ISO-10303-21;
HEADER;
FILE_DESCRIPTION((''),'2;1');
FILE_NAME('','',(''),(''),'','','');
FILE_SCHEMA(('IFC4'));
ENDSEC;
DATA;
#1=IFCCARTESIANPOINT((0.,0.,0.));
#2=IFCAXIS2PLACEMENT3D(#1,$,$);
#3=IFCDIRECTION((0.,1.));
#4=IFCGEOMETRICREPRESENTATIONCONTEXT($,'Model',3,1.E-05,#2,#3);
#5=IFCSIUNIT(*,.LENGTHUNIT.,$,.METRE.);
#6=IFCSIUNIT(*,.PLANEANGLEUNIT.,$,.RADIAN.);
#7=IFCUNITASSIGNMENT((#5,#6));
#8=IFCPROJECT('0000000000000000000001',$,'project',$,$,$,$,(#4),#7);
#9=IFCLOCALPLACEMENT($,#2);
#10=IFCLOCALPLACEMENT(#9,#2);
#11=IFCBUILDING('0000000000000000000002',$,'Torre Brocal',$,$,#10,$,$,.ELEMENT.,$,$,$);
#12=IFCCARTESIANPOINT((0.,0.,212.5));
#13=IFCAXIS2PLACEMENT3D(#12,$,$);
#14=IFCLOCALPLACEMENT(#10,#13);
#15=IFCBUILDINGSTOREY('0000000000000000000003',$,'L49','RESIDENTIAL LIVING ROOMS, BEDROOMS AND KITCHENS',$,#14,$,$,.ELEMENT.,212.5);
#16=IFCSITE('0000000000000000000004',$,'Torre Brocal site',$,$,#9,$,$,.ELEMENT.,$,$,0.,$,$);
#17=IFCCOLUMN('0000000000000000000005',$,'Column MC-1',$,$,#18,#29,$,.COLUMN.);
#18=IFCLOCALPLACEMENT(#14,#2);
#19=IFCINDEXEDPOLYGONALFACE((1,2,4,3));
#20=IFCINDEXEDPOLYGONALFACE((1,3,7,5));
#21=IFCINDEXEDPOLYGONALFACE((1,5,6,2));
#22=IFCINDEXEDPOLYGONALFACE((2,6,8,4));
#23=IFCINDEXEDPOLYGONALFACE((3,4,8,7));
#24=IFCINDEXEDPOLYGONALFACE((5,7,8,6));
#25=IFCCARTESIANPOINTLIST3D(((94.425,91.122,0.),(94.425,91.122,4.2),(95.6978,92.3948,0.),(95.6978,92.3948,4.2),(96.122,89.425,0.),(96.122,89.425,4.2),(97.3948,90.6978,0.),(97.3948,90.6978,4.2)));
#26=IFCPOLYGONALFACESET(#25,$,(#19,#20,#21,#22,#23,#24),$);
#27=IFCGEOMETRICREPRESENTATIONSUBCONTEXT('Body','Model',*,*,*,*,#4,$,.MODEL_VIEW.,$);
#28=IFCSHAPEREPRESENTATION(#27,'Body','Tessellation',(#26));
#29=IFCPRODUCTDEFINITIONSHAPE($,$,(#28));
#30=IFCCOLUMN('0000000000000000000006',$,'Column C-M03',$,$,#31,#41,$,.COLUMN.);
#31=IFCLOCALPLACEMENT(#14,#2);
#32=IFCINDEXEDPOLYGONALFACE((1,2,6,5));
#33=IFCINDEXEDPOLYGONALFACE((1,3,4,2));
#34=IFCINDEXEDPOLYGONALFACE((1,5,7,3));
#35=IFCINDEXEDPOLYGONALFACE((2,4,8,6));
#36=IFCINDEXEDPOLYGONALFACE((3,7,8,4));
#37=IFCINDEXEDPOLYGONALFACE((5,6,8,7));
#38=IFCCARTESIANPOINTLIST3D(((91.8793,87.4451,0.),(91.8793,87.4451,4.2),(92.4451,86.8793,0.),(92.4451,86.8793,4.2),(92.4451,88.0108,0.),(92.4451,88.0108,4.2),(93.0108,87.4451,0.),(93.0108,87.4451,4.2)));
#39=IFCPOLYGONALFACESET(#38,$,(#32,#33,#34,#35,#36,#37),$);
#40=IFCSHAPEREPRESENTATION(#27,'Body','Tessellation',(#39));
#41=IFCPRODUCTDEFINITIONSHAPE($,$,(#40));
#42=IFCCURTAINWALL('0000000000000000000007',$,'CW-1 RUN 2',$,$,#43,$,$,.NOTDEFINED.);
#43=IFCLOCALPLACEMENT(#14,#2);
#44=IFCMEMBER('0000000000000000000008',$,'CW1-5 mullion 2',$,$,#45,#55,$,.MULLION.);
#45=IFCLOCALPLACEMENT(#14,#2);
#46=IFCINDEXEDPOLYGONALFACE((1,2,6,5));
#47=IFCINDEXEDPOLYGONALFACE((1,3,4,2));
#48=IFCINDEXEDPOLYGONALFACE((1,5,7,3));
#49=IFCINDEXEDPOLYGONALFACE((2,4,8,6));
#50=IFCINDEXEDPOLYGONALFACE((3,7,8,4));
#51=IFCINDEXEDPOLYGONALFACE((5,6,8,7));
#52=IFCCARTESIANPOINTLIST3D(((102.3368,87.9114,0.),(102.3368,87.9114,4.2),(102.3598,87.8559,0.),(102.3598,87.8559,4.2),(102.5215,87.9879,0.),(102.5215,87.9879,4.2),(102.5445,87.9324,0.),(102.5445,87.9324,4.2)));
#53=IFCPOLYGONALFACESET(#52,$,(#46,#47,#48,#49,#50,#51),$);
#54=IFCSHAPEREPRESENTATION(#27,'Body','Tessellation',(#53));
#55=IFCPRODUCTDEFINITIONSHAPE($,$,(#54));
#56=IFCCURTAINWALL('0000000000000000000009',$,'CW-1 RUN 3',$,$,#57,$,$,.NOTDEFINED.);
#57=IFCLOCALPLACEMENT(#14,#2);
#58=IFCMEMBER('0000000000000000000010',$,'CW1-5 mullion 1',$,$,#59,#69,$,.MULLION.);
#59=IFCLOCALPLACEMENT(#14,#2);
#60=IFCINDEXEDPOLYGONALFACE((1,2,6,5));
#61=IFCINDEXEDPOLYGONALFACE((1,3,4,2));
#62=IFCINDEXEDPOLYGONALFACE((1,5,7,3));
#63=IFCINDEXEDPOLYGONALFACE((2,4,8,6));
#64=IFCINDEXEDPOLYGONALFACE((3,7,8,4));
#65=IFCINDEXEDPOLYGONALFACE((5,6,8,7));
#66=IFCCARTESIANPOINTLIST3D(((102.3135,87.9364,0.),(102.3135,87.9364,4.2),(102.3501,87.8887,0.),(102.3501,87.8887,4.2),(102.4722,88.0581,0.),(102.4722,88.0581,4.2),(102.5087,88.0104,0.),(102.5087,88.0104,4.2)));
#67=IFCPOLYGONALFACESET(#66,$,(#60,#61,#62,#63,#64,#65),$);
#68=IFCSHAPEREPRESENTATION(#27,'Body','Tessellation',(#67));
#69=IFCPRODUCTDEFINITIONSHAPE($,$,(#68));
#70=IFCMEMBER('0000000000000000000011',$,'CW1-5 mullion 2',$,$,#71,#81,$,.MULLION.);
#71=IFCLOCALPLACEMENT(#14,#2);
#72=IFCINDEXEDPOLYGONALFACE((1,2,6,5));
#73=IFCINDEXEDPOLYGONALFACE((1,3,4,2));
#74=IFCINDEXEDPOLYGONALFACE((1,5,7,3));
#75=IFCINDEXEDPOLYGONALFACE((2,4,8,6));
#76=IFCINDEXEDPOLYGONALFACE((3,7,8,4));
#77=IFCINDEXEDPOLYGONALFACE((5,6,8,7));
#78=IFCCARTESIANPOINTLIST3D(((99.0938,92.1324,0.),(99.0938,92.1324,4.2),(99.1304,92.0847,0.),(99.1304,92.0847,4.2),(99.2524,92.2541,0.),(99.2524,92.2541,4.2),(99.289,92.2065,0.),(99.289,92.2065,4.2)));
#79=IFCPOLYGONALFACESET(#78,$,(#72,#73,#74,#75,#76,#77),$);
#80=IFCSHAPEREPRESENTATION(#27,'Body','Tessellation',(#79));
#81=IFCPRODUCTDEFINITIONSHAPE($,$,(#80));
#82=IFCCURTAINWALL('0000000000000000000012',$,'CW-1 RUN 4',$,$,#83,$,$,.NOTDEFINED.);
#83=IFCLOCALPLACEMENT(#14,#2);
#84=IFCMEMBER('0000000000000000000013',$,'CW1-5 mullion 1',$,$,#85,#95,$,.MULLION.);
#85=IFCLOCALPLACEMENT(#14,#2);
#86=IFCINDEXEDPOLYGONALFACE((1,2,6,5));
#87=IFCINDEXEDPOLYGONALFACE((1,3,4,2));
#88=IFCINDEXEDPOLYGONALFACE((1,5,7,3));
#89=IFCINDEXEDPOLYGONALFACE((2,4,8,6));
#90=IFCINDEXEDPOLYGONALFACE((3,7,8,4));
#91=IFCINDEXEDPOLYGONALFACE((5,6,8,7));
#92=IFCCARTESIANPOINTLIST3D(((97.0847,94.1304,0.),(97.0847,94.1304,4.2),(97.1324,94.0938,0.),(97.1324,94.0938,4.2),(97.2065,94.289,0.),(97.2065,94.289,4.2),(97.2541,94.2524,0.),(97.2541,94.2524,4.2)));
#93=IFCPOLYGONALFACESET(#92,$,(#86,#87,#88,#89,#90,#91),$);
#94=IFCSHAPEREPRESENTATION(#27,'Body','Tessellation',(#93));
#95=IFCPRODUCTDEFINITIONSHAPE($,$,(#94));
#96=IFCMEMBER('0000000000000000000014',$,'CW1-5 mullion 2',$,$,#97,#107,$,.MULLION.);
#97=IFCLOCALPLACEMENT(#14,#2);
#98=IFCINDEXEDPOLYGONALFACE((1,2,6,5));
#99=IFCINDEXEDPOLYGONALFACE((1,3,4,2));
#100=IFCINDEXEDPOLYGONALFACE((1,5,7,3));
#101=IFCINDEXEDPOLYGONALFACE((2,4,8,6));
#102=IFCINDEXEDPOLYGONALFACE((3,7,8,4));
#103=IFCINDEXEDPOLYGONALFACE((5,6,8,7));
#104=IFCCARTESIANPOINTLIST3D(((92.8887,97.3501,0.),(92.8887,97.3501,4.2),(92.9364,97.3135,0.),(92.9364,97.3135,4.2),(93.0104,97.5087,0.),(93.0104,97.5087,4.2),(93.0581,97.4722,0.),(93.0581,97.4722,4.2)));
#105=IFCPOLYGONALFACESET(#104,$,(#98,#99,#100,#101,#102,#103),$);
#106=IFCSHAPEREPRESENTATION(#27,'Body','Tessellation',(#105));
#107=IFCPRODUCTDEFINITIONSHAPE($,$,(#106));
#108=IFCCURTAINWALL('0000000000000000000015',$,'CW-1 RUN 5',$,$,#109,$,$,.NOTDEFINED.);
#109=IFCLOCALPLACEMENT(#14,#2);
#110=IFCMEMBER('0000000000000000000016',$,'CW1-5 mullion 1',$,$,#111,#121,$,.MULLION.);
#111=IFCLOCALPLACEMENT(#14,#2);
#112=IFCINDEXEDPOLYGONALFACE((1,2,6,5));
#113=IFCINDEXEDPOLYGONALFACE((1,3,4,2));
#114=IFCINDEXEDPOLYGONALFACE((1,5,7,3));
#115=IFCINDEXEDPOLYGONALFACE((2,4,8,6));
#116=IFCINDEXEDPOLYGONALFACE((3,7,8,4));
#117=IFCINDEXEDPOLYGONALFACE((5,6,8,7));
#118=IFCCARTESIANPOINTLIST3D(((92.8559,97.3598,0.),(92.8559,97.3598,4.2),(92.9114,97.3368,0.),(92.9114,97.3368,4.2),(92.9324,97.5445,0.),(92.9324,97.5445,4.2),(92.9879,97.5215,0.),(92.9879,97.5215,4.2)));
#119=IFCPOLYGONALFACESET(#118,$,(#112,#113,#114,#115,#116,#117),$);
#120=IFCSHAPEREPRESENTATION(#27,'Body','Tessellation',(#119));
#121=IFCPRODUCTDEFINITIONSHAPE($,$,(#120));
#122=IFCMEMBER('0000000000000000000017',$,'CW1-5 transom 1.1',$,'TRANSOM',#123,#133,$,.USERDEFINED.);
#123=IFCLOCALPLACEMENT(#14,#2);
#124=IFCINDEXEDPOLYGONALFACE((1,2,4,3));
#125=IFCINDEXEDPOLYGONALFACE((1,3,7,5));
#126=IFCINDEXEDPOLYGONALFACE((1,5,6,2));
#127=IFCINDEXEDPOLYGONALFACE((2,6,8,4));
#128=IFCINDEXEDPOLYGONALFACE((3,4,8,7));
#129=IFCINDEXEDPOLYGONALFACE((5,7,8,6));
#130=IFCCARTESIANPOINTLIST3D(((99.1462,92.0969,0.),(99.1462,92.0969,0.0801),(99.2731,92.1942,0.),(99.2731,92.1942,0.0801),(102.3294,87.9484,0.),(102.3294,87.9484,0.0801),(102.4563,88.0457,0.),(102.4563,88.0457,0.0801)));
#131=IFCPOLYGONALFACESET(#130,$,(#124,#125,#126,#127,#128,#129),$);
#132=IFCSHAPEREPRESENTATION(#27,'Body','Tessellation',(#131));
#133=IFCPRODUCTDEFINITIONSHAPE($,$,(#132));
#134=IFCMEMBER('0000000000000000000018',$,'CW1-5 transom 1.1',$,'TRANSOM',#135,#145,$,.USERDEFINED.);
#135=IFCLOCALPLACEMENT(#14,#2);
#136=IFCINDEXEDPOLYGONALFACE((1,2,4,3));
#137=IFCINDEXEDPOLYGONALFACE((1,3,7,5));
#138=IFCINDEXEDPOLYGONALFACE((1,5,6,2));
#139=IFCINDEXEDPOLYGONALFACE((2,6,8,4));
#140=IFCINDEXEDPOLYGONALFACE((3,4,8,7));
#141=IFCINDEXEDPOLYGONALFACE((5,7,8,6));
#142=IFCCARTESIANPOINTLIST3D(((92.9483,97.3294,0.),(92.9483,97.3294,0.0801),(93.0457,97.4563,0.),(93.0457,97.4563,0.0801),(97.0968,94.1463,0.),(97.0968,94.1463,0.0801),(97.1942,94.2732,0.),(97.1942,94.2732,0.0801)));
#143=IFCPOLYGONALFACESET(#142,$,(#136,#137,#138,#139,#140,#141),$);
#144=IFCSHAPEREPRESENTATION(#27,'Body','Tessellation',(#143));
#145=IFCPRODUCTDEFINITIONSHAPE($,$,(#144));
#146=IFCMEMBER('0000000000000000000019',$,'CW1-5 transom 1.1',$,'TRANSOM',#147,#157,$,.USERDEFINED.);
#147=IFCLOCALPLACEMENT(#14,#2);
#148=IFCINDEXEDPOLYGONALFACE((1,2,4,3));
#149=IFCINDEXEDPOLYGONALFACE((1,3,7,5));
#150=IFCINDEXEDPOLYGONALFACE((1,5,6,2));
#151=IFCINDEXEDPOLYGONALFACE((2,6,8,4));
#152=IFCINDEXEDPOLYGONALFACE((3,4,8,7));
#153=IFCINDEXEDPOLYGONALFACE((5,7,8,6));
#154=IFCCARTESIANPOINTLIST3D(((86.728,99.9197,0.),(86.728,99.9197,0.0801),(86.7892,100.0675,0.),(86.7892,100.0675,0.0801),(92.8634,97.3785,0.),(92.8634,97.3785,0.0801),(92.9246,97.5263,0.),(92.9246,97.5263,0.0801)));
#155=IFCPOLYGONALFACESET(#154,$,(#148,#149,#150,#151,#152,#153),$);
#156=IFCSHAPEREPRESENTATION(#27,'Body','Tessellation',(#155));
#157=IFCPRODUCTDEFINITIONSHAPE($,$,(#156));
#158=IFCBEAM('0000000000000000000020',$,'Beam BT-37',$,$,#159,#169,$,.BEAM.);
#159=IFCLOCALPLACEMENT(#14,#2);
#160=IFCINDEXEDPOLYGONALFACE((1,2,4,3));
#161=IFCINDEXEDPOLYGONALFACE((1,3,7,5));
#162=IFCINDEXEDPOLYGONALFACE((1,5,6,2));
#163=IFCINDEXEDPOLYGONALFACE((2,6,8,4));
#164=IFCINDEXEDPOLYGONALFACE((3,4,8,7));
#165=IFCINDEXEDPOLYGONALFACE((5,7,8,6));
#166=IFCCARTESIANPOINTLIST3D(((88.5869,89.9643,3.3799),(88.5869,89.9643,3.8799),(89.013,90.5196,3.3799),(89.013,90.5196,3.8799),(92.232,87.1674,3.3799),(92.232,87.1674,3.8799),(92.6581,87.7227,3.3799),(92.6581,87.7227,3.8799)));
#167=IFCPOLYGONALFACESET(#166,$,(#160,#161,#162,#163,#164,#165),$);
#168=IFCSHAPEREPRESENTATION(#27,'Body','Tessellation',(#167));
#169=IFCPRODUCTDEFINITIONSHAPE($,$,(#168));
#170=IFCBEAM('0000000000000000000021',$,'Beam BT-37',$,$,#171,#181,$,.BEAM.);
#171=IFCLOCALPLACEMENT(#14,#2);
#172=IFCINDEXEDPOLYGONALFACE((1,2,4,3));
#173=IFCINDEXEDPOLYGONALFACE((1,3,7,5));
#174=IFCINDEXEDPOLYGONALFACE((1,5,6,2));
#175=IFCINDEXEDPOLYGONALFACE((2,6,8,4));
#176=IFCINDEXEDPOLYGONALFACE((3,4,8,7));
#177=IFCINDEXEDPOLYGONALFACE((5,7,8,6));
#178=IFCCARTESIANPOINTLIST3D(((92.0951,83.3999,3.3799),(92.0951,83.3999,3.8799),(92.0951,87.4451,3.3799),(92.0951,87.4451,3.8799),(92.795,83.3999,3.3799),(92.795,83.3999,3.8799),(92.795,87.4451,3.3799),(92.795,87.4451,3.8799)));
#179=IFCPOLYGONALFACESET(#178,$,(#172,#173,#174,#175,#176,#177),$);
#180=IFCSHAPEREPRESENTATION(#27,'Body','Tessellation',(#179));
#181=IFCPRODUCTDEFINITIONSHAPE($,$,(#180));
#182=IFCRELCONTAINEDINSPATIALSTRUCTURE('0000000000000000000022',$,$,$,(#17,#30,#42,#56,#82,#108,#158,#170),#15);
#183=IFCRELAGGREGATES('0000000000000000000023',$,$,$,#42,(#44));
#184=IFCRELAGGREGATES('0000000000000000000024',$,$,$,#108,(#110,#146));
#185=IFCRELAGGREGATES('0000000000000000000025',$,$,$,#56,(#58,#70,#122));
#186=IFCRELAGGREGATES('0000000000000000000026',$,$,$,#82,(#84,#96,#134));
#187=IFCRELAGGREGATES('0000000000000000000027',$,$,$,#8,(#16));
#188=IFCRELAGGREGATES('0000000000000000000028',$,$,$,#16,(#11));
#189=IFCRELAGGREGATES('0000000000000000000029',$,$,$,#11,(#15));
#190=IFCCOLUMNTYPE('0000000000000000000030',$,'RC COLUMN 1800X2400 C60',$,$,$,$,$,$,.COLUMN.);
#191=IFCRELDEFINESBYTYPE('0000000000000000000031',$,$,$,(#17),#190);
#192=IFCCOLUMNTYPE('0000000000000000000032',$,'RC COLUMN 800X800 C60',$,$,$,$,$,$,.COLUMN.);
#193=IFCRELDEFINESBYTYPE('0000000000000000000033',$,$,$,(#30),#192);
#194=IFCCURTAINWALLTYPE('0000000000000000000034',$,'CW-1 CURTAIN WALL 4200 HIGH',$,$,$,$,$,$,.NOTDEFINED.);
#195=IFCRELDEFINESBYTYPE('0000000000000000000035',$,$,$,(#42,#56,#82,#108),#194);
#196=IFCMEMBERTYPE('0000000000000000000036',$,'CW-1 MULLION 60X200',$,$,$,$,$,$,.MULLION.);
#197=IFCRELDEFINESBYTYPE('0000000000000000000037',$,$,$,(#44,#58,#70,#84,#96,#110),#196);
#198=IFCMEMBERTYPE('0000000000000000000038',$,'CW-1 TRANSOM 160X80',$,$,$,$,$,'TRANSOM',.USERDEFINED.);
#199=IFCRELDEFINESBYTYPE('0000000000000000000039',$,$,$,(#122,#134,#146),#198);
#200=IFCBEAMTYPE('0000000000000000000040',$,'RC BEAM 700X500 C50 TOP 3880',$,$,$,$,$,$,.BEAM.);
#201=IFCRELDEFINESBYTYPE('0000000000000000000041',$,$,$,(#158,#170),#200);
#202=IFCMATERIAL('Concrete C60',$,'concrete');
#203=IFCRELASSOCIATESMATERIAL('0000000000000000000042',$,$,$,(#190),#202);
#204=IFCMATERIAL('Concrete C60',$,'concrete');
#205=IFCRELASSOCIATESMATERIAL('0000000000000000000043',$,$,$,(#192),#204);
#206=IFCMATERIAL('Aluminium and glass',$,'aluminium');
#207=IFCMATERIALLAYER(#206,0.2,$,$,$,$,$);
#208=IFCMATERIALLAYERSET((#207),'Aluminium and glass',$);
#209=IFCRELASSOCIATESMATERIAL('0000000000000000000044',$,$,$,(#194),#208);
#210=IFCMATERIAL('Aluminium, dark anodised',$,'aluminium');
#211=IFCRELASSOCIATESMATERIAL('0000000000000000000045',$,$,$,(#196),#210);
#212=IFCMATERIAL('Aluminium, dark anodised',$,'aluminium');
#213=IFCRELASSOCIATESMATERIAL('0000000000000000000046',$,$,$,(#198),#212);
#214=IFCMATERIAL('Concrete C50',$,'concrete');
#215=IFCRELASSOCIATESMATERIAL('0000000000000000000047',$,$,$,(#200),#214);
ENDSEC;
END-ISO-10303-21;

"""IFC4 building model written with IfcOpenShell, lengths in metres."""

from ifc_helpers import new_model, si_unit, direction, frame, origin, origin_2d, place, context, subcontext, project, spatial, rectangle, extrude, material, layer, layer_set, material_profile, profile_set, type_object, element, aggregate, save


model = new_model("IFC4")

# Units and contexts
model_context = context("Model", 3, precision=1e-05, world=origin(), true_north=direction((0.0, 1.0)))
body_context = subcontext(model_context, "Body", "Model", "MODEL_VIEW")
ifc_project = project(units=[si_unit("LENGTHUNIT", "METRE"), si_unit("PLANEANGLEUNIT", "RADIAN")], contexts=[model_context])

# Site, building, storey
site_placement = place(None, origin())
site = spatial("IfcSite", under=ifc_project, at=site_placement, Name="Torre Brocal site", CompositionType="ELEMENT", RefElevation=0.0)
building_placement = place(site_placement, origin())
building = spatial("IfcBuilding", under=site, at=building_placement, Name="Torre Brocal", CompositionType="ELEMENT")
storey_placement = place(building_placement, frame((0.0, 0.0, 212.5)))
storey = spatial("IfcBuildingStorey", under=building, at=storey_placement, Name="L49", Description="RESIDENTIAL LIVING ROOMS, BEDROOMS AND KITCHENS", CompositionType="ELEMENT", Elevation=212.5)

# Columns
ifc_material_1 = material(Name="Concrete C60", Category="concrete")
ifc_material_profile_1 = material_profile(ifc_material_1, rectangle(XDim=1.8, YDim=2.3999, at=origin_2d()), Name="RC 1800X2400")
ifc_profile_set_1 = profile_set([ifc_material_profile_1], Name="Concrete C60")
column_type_1 = type_object("IfcColumnType", Name="RC COLUMN 1800X2400 C60", PredefinedType="COLUMN", material=ifc_profile_set_1)
column_1_placement = place(storey_placement, frame((95.9099, 90.9099, 0.0), z_axis=(0.0, 0.0, 1.0), x_axis=(0.707107, 0.707107, 0.0)))
element("IfcColumn", 1, at=column_1_placement, inside=storey, type_object=column_type_1, Name="Column MC-1", PredefinedType="COLUMN", context=body_context, shape_type="SweptSolid", body=[
    extrude(rectangle(XDim=1.8, YDim=2.3999, at=origin_2d()), origin(), (0.0, 0.0, 1.0), 4.2),
])
ifc_material_2 = material(Name="Concrete C60", Category="concrete")
ifc_material_profile_2 = material_profile(ifc_material_2, rectangle(XDim=0.8, YDim=0.8, at=origin_2d()), Name="RC 800X800")
ifc_profile_set_2 = profile_set([ifc_material_profile_2], Name="Concrete C60")
column_type_2 = type_object("IfcColumnType", Name="RC COLUMN 800X800 C60", PredefinedType="COLUMN", material=ifc_profile_set_2)
column_2_placement = place(storey_placement, frame((92.4451, 87.4451, 0.0), z_axis=(0.0, 0.0, 1.0), x_axis=(0.707107, 0.707107, 0.0)))
element("IfcColumn", 2, at=column_2_placement, inside=storey, type_object=column_type_2, Name="Column C-M03", PredefinedType="COLUMN", context=body_context, shape_type="SweptSolid", body=[
    extrude(rectangle(XDim=0.8, YDim=0.8, at=origin_2d()), origin(), (0.0, 0.0, 1.0), 4.2),
])

# Curtain wall, member
ifc_material_3 = material(Name="Aluminium and glass", Category="aluminium")
ifc_layer_1 = layer(ifc_material_3, 0.2)
ifc_layer_set_1 = layer_set([ifc_layer_1], Name="Aluminium and glass")
curtain_wall_type = type_object("IfcCurtainWallType", Name="CW-1 CURTAIN WALL 4200 HIGH", PredefinedType="NOTDEFINED", material=ifc_layer_set_1)
curtain_wall_1_placement = place(storey_placement, origin())
curtain_wall_1 = element("IfcCurtainWall", 3, at=curtain_wall_1_placement, inside=storey, type_object=curtain_wall_type, Name="CW-1 RUN 2", PredefinedType="NOTDEFINED")
ifc_material_4 = material(Name="Aluminium, dark anodised", Category="aluminium")
ifc_material_profile_3 = material_profile(ifc_material_4, rectangle(XDim=0.2, YDim=0.0601, at=origin_2d()), Name="CW-1 MULLION 60X200")
ifc_profile_set_3 = profile_set([ifc_material_profile_3], Name="Aluminium, dark anodised")
member_type_1 = type_object("IfcMemberType", Name="CW-1 MULLION 60X200", PredefinedType="MULLION", material=ifc_profile_set_3)
member_1_placement = place(storey_placement, frame((102.4407, 87.9219, 0.0), z_axis=(0.0, 0.0, 1.0), x_axis=(-0.92388, -0.382683, 0.0)))
member_1 = element("IfcMember", 4, at=member_1_placement, type_object=member_type_1, Name="CW1-5 mullion 2", PredefinedType="MULLION", context=body_context, shape_type="SweptSolid", body=[
    extrude(rectangle(XDim=0.2, YDim=0.0601, at=origin_2d()), origin(), (0.0, 0.0, 1.0), 4.2),
])
aggregate(curtain_wall_1, [member_1])

# Curtain walls, members
curtain_wall_2_placement = place(storey_placement, origin())
curtain_wall_2 = element("IfcCurtainWall", 5, at=curtain_wall_2_placement, inside=storey, type_object=curtain_wall_type, Name="CW-1 RUN 3", PredefinedType="NOTDEFINED")
member_2_placement = place(storey_placement, frame((102.4111, 87.9734, 0.0), z_axis=(0.0, 0.0, 1.0), x_axis=(-0.793353, -0.608761, 0.0)))
member_2 = element("IfcMember", 6, at=member_2_placement, type_object=member_type_1, Name="CW1-5 mullion 1", PredefinedType="MULLION", context=body_context, shape_type="SweptSolid", body=[
    extrude(rectangle(XDim=0.2, YDim=0.0601, at=origin_2d()), origin(), (0.0, 0.0, 1.0), 4.2),
])
member_3_placement = place(storey_placement, frame((99.1914, 92.1694, 0.0), z_axis=(0.0, 0.0, 1.0), x_axis=(-0.793353, -0.608761, 0.0)))
member_3 = element("IfcMember", 7, at=member_3_placement, type_object=member_type_1, Name="CW1-5 mullion 2", PredefinedType="MULLION", context=body_context, shape_type="SweptSolid", body=[
    extrude(rectangle(XDim=0.2, YDim=0.0601, at=origin_2d()), origin(), (0.0, 0.0, 1.0), 4.2),
])
curtain_wall_3_placement = place(storey_placement, origin())
curtain_wall_3 = element("IfcCurtainWall", 8, at=curtain_wall_3_placement, inside=storey, type_object=curtain_wall_type, Name="CW-1 RUN 4", PredefinedType="NOTDEFINED")
member_4_placement = place(storey_placement, frame((97.1694, 94.1914, 0.0), z_axis=(0.0, 0.0, 1.0), x_axis=(-0.608761, -0.793353, 0.0)))
member_4 = element("IfcMember", 9, at=member_4_placement, type_object=member_type_1, Name="CW1-5 mullion 1", PredefinedType="MULLION", context=body_context, shape_type="SweptSolid", body=[
    extrude(rectangle(XDim=0.2, YDim=0.0601, at=origin_2d()), origin(), (0.0, 0.0, 1.0), 4.2),
])
member_5_placement = place(storey_placement, frame((92.9734, 97.4111, 0.0), z_axis=(0.0, 0.0, 1.0), x_axis=(-0.608761, -0.793353, 0.0)))
member_5 = element("IfcMember", 10, at=member_5_placement, type_object=member_type_1, Name="CW1-5 mullion 2", PredefinedType="MULLION", context=body_context, shape_type="SweptSolid", body=[
    extrude(rectangle(XDim=0.2, YDim=0.0601, at=origin_2d()), origin(), (0.0, 0.0, 1.0), 4.2),
])

# Curtain wall, member
curtain_wall_4_placement = place(storey_placement, origin())
curtain_wall_4 = element("IfcCurtainWall", 11, at=curtain_wall_4_placement, inside=storey, type_object=curtain_wall_type, Name="CW-1 RUN 5", PredefinedType="NOTDEFINED")
member_6_placement = place(storey_placement, frame((92.9219, 97.4407, 0.0), z_axis=(0.0, 0.0, 1.0), x_axis=(-0.382683, -0.92388, 0.0)))
member_6 = element("IfcMember", 12, at=member_6_placement, type_object=member_type_1, Name="CW1-5 mullion 1", PredefinedType="MULLION", context=body_context, shape_type="SweptSolid", body=[
    extrude(rectangle(XDim=0.2, YDim=0.0601, at=origin_2d()), origin(), (0.0, 0.0, 1.0), 4.2),
])

# Members
ifc_material_5 = material(Name="Aluminium, dark anodised", Category="aluminium")
ifc_material_profile_4 = material_profile(ifc_material_5, rectangle(XDim=0.1599, YDim=0.0801, at=origin_2d()), Name="CW-1 TRANSOM 160X80")
ifc_profile_set_4 = profile_set([ifc_material_profile_4], Name="Aluminium, dark anodised")
member_type_2 = type_object("IfcMemberType", Name="CW-1 TRANSOM 160X80", ElementType="TRANSOM", PredefinedType="USERDEFINED", material=ifc_profile_set_4)
member_7_placement = place(storey_placement, frame((102.3928, 87.9971, 0.04), z_axis=(-0.608749, 0.793363, 0.0), x_axis=(-0.793363, -0.608749, 0.0)))
member_7 = element("IfcMember", 13, at=member_7_placement, type_object=member_type_2, Name="CW1-5 transom 1.1", ObjectType="TRANSOM", PredefinedType="USERDEFINED", context=body_context, shape_type="SweptSolid", body=[
    extrude(rectangle(XDim=0.1599, YDim=0.0801, at=origin_2d()), origin(), (0.0, 0.0, 1.0), 5.229),
])
member_8_placement = place(storey_placement, frame((97.1455, 94.2097, 0.04), z_axis=(-0.793363, 0.608749, 0.0), x_axis=(-0.608749, -0.793363, 0.0)))
member_8 = element("IfcMember", 14, at=member_8_placement, type_object=member_type_2, Name="CW1-5 transom 1.1", ObjectType="TRANSOM", PredefinedType="USERDEFINED", context=body_context, shape_type="SweptSolid", body=[
    extrude(rectangle(XDim=0.1599, YDim=0.0801, at=origin_2d()), origin(), (0.0, 0.0, 1.0), 5.229),
])
member_9_placement = place(storey_placement, frame((92.894, 97.4524, 0.04), z_axis=(-0.923887, 0.382665, 0.0), x_axis=(-0.382665, -0.923887, 0.0)))
member_9 = element("IfcMember", 15, at=member_9_placement, type_object=member_type_2, Name="CW1-5 transom 1.1", ObjectType="TRANSOM", PredefinedType="USERDEFINED", context=body_context, shape_type="SweptSolid", body=[
    extrude(rectangle(XDim=0.1599, YDim=0.0801, at=origin_2d()), origin(), (0.0, 0.0, 1.0), 6.6409),
])
aggregate(curtain_wall_4, [member_6, member_9])

# Beams
ifc_material_6 = material(Name="Concrete C50", Category="concrete")
ifc_material_profile_5 = material_profile(ifc_material_6, rectangle(XDim=0.7, YDim=0.5, at=origin_2d()), Name="RC 700X500")
ifc_profile_set_5 = profile_set([ifc_material_profile_5], Name="Concrete C50")
beam_type_1 = type_object("IfcBeamType", Name="RC BEAM 700X500 C50 TOP 3880", PredefinedType="BEAM", material=ifc_profile_set_5)
beam_1_placement = place(storey_placement, frame((92.4451, 87.4451, 3.6299), z_axis=(-0.793358, 0.608755, 0.0), x_axis=(-0.608755, -0.793358, 0.0)))
element("IfcBeam", 16, at=beam_1_placement, inside=storey, type_object=beam_type_1, Name="Beam BT-37", PredefinedType="BEAM", context=body_context, shape_type="SweptSolid", body=[
    extrude(rectangle(XDim=0.7, YDim=0.5, at=origin_2d()), origin(), (0.0, 0.0, 1.0), 4.5945),
])
beam_2_placement = place(storey_placement, frame((92.4451, 87.4451, 3.6299), z_axis=(0.0, -1.0, 0.0), x_axis=(1.0, 0.0, 0.0)))
element("IfcBeam", 17, at=beam_2_placement, inside=storey, type_object=beam_type_1, Name="Beam BT-37", PredefinedType="BEAM", context=body_context, shape_type="SweptSolid", body=[
    extrude(rectangle(XDim=0.7, YDim=0.5, at=origin_2d()), origin(), (0.0, 0.0, 1.0), 4.0452),
])

aggregate(curtain_wall_2, [member_2, member_3, member_7])
aggregate(curtain_wall_3, [member_4, member_5, member_8])

save(model, "model.ifc")
